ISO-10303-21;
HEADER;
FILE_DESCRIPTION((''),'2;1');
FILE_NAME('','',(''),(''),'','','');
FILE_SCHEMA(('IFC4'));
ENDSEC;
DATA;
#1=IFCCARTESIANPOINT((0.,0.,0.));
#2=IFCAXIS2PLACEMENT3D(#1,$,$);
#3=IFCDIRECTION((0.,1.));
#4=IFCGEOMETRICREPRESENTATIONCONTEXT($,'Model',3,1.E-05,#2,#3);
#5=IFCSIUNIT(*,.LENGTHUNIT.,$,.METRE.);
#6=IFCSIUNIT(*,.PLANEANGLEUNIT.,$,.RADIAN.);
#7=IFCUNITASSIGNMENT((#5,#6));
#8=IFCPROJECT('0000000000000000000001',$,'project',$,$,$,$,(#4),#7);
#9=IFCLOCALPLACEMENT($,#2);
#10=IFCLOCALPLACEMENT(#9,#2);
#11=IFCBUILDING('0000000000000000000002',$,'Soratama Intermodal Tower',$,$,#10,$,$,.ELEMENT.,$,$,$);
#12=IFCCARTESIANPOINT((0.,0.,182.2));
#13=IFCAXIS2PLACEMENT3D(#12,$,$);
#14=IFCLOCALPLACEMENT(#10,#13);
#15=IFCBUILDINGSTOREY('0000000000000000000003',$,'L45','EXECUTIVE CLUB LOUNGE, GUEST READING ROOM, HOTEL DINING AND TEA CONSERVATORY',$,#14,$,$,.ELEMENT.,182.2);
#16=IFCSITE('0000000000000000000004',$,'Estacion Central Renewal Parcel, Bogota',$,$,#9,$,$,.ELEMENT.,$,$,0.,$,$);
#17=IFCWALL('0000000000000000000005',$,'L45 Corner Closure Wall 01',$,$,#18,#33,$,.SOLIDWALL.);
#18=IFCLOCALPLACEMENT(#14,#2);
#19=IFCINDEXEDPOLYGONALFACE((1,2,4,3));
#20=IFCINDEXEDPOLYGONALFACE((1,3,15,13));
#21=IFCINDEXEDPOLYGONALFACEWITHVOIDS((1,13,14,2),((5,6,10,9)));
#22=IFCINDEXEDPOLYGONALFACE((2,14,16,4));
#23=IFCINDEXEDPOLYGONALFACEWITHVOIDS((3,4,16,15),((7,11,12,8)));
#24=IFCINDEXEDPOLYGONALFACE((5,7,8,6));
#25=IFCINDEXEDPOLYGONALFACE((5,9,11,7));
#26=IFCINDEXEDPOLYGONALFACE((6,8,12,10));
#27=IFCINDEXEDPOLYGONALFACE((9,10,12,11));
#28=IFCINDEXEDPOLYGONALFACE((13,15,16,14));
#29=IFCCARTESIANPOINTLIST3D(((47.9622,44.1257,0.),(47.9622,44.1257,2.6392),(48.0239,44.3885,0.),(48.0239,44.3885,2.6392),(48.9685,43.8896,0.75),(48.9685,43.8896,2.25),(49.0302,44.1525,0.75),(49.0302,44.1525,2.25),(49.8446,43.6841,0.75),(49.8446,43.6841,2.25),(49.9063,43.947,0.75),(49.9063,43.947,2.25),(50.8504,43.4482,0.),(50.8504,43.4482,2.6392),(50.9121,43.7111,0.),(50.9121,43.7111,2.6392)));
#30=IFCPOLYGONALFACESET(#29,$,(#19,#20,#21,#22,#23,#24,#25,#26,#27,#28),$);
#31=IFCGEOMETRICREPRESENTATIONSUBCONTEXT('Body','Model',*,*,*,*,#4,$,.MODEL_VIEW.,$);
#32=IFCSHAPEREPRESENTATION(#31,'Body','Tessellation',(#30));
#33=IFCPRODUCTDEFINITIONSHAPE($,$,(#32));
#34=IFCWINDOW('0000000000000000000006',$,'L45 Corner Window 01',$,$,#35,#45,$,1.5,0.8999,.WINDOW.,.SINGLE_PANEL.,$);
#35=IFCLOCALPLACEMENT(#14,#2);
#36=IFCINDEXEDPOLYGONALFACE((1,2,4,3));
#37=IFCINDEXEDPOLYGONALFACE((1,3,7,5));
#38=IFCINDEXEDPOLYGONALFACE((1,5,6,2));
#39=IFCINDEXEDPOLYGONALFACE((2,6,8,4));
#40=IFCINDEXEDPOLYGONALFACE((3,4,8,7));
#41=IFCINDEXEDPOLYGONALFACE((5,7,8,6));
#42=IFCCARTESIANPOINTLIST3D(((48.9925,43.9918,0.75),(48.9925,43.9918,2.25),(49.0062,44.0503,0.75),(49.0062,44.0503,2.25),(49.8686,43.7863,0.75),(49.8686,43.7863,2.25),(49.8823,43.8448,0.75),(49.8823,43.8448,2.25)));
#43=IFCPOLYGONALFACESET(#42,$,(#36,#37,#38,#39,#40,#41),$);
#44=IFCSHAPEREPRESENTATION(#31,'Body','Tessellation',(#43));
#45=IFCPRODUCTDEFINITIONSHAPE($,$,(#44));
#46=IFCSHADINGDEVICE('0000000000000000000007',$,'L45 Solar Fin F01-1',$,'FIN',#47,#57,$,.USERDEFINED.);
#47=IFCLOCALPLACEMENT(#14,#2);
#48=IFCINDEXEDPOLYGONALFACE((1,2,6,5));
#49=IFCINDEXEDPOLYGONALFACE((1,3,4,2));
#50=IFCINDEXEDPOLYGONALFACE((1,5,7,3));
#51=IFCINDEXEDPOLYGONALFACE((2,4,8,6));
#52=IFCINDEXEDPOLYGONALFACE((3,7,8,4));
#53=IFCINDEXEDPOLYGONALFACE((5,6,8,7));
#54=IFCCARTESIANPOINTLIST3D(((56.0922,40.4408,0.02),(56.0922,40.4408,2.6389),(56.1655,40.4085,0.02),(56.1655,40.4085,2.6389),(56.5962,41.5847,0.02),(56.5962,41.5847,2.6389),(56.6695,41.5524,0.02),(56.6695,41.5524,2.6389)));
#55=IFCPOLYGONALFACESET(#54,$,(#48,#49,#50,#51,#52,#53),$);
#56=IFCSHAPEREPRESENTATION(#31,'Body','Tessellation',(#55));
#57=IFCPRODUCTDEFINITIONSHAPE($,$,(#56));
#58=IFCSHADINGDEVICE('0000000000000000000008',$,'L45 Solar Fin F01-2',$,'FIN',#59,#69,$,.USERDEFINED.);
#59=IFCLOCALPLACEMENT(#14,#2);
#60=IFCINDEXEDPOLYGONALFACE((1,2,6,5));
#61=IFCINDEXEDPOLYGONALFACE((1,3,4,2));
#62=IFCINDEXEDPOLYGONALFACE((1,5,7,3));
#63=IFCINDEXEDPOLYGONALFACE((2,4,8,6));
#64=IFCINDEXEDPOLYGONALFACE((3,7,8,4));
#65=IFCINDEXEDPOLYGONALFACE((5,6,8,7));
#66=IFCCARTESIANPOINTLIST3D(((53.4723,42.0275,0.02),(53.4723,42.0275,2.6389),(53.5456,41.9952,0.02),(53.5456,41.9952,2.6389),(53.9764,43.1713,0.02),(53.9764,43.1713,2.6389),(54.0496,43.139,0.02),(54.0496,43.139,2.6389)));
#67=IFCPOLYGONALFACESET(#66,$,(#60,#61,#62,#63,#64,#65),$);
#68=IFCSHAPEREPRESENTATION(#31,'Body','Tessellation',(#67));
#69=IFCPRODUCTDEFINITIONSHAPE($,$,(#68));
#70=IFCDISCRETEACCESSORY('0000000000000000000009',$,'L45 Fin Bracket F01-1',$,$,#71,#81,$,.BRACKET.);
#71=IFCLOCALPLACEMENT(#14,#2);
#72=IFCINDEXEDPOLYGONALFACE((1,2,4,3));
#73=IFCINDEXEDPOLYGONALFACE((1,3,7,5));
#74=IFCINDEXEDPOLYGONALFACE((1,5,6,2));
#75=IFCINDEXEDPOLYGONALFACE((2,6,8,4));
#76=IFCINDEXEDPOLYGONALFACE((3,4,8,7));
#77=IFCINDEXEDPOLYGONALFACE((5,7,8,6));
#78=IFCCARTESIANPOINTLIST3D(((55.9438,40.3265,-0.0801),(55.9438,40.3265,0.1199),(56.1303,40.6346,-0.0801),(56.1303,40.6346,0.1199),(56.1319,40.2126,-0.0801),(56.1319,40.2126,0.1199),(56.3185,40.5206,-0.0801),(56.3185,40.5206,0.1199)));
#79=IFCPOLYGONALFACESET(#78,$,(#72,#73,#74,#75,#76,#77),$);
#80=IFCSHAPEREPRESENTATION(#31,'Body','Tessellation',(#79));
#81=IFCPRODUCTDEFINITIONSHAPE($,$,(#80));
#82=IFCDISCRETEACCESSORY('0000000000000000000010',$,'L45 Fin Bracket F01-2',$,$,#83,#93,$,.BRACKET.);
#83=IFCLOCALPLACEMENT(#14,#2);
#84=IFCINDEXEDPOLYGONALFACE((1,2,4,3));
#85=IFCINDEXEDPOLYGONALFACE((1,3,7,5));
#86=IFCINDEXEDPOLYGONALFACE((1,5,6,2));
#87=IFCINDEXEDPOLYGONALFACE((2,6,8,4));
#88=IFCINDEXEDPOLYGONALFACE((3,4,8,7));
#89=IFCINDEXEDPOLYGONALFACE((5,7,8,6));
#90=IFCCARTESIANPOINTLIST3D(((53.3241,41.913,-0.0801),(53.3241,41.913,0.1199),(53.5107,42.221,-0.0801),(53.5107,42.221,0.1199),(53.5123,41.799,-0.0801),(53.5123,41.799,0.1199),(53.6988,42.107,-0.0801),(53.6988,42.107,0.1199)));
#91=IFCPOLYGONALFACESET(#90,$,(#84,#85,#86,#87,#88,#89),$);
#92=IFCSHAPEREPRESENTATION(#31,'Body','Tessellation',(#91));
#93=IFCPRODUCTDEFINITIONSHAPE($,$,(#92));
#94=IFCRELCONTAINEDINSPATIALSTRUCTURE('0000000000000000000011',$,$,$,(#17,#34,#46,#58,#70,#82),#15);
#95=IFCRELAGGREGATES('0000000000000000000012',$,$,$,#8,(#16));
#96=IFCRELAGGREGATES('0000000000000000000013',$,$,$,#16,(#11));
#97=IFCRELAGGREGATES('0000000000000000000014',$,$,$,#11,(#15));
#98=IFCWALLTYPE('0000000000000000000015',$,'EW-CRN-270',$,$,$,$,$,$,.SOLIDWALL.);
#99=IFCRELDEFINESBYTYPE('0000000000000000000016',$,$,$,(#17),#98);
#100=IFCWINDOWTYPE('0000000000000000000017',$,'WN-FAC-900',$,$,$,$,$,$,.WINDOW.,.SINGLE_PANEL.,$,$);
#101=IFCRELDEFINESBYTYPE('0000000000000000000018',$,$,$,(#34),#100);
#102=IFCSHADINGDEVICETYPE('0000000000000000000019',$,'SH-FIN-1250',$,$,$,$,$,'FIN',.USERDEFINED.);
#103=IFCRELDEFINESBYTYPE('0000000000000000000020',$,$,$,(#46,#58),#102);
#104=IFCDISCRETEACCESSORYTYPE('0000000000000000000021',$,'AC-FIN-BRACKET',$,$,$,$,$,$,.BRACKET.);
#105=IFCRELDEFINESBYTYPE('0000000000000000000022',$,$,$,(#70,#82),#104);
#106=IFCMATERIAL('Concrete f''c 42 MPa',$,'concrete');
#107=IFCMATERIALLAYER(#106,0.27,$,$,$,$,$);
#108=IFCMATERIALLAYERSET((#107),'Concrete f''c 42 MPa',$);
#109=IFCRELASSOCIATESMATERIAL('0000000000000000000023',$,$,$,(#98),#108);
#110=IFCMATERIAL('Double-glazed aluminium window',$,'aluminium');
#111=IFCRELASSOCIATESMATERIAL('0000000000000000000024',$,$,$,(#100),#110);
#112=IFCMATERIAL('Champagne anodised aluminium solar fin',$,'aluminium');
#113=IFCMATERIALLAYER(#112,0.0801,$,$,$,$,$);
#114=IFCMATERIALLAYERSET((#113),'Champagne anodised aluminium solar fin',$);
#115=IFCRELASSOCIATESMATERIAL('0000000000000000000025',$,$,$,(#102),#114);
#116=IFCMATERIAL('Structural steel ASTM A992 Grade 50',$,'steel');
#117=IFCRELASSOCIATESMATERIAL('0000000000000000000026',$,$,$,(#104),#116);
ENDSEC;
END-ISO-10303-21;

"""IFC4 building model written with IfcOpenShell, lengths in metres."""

from ifc_helpers import new_model, si_unit, direction, frame, frame_2d, origin, origin_2d, place, context, subcontext, project, spatial, rectangle, extrude, material, layer, layer_set, type_object, element, fill, save


model = new_model("IFC4")

# Units and contexts
model_context = context("Model", 3, precision=1e-05, world=origin(), true_north=direction((0.0, 1.0)))
body_context = subcontext(model_context, "Body", "Model", "MODEL_VIEW")
ifc_project = project(units=[si_unit("LENGTHUNIT", "METRE"), si_unit("PLANEANGLEUNIT", "RADIAN")], contexts=[model_context])

# Site, building, storey
site_placement = place(None, origin())
site = spatial("IfcSite", under=ifc_project, at=site_placement, Name="Estacion Central Renewal Parcel, Bogota", CompositionType="ELEMENT", RefElevation=0.0)
building_placement = place(site_placement, origin())
building = spatial("IfcBuilding", under=site, at=building_placement, Name="Soratama Intermodal Tower", CompositionType="ELEMENT")
storey_placement = place(building_placement, frame((0.0, 0.0, 182.2)))
storey = spatial("IfcBuildingStorey", under=building, at=storey_placement, Name="L45", Description="EXECUTIVE CLUB LOUNGE, GUEST READING ROOM, HOTEL DINING AND TEA CONSERVATORY", CompositionType="ELEMENT", Elevation=182.2)

# Wall, opening, window
ifc_material_1 = material(Name="Concrete f'c 42 MPa", Category="concrete")
ifc_layer_1 = layer(ifc_material_1, 0.27)
ifc_layer_set_1 = layer_set([ifc_layer_1], Name="Concrete f'c 42 MPa")
wall_type = type_object("IfcWallType", Name="EW-CRN-270", PredefinedType="SOLIDWALL", material=ifc_layer_set_1)
wall_placement = place(storey_placement, frame((50.8813, 43.5796, 0.0), z_axis=(0.0, 0.0, 1.0), x_axis=(-0.973573, 0.228374, 0.0)))
wall = element("IfcWall", 1, at=wall_placement, inside=storey, type_object=wall_type, Name="L45 Corner Closure Wall 01", PredefinedType="SOLIDWALL", context=body_context, shape_type="SweptSolid", body=[
    extrude(rectangle(XDim=2.9666, YDim=0.27, at=frame_2d((1.4834, 0.0))), origin(), (0.0, 0.0, 1.0), 2.6392),
])
opening_placement = place(wall_placement, frame((1.0332, 0.0, 0.75)))
opening = element("IfcOpeningElement", 2, at=opening_placement, cuts=wall, PredefinedType="OPENING", context=body_context, shape_type="SweptSolid", body=[
    extrude(rectangle(XDim=0.8999, YDim=1.5, at=frame_2d((0.45, 0.75))), frame((0.0, 0.145, 0.0), z_axis=(0.0, -1.0, 0.0), x_axis=(1.0, 0.0, 0.0)), (0.0, 0.0, 1.0), 0.29),
])
ifc_material_2 = material(Name="Double-glazed aluminium window", Category="aluminium")
window_type = type_object("IfcWindowType", Name="WN-FAC-900", PartitioningType="SINGLE_PANEL", PredefinedType="WINDOW", material=ifc_material_2)
window_placement = place(opening_placement, origin())
window = element("IfcWindow", 3, at=window_placement, inside=storey, type_object=window_type, Name="L45 Corner Window 01", OverallHeight=1.5, OverallWidth=0.8999, PartitioningType="SINGLE_PANEL", PredefinedType="WINDOW", context=body_context, shape_type="SweptSolid", body=[
    extrude(rectangle(XDim=0.8999, YDim=1.5, at=frame_2d((0.45, 0.75))), frame((0.0, 0.03, 0.0), z_axis=(0.0, -1.0, 0.0), x_axis=(1.0, 0.0, 0.0)), (0.0, 0.0, 1.0), 0.0601),
])
fill(opening, window)

# Shading devices
ifc_material_3 = material(Name="Champagne anodised aluminium solar fin", Category="aluminium")
ifc_layer_2 = layer(ifc_material_3, 0.0801)
ifc_layer_set_2 = layer_set([ifc_layer_2], Name="Champagne anodised aluminium solar fin")
shading_device_type = type_object("IfcShadingDeviceType", Name="SH-FIN-1250", ElementType="FIN", PredefinedType="USERDEFINED", material=ifc_layer_set_2)
for number, where, z_axis, x_axis, name in (
    (4, (56.3809, 40.9966, 0.02), (0.0, 0.0, 1.0), (0.403226, 0.9151, 0.0), "L45 Solar Fin F01-1"),
    (5, (53.761, 42.5833, 0.02), (0.0, 0.0, 1.0), (0.403226, 0.9151, 0.0), "L45 Solar Fin F01-2"),
):
    element("IfcShadingDevice", number, at=place(storey_placement, frame(where, z_axis=z_axis, x_axis=x_axis)), inside=storey, type_object=shading_device_type, Name=name, ObjectType="FIN", PredefinedType="USERDEFINED", context=body_context, shape_type="SweptSolid", body=[
        extrude(rectangle(XDim=1.25, YDim=0.0801, at=origin_2d()), origin(), (0.0, 0.0, 1.0), 2.6189),
    ])

# Discrete accessories
ifc_material_4 = material(Name="Structural steel ASTM A992 Grade 50", Category="steel")
discrete_accessory_type = type_object("IfcDiscreteAccessoryType", Name="AC-FIN-BRACKET", PredefinedType="BRACKET", material=ifc_material_4)
for number, where, z_axis, x_axis, name in (
    (6, (56.1311, 40.4236, -0.0801), (0.0, 0.0, 1.0), (0.518027, 0.855364, 0.0), "L45 Fin Bracket F01-1"),
    (7, (53.5115, 42.01, -0.0801), (0.0, 0.0, 1.0), (0.518027, 0.855364, 0.0), "L45 Fin Bracket F01-2"),
):
    element("IfcDiscreteAccessory", number, at=place(storey_placement, frame(where, z_axis=z_axis, x_axis=x_axis)), inside=storey, type_object=discrete_accessory_type, Name=name, PredefinedType="BRACKET", context=body_context, shape_type="SweptSolid", body=[
        extrude(rectangle(XDim=0.3601, YDim=0.22, at=origin_2d()), origin(), (0.0, 0.0, 1.0), 0.2),
    ])

save(model, "model.ifc")
